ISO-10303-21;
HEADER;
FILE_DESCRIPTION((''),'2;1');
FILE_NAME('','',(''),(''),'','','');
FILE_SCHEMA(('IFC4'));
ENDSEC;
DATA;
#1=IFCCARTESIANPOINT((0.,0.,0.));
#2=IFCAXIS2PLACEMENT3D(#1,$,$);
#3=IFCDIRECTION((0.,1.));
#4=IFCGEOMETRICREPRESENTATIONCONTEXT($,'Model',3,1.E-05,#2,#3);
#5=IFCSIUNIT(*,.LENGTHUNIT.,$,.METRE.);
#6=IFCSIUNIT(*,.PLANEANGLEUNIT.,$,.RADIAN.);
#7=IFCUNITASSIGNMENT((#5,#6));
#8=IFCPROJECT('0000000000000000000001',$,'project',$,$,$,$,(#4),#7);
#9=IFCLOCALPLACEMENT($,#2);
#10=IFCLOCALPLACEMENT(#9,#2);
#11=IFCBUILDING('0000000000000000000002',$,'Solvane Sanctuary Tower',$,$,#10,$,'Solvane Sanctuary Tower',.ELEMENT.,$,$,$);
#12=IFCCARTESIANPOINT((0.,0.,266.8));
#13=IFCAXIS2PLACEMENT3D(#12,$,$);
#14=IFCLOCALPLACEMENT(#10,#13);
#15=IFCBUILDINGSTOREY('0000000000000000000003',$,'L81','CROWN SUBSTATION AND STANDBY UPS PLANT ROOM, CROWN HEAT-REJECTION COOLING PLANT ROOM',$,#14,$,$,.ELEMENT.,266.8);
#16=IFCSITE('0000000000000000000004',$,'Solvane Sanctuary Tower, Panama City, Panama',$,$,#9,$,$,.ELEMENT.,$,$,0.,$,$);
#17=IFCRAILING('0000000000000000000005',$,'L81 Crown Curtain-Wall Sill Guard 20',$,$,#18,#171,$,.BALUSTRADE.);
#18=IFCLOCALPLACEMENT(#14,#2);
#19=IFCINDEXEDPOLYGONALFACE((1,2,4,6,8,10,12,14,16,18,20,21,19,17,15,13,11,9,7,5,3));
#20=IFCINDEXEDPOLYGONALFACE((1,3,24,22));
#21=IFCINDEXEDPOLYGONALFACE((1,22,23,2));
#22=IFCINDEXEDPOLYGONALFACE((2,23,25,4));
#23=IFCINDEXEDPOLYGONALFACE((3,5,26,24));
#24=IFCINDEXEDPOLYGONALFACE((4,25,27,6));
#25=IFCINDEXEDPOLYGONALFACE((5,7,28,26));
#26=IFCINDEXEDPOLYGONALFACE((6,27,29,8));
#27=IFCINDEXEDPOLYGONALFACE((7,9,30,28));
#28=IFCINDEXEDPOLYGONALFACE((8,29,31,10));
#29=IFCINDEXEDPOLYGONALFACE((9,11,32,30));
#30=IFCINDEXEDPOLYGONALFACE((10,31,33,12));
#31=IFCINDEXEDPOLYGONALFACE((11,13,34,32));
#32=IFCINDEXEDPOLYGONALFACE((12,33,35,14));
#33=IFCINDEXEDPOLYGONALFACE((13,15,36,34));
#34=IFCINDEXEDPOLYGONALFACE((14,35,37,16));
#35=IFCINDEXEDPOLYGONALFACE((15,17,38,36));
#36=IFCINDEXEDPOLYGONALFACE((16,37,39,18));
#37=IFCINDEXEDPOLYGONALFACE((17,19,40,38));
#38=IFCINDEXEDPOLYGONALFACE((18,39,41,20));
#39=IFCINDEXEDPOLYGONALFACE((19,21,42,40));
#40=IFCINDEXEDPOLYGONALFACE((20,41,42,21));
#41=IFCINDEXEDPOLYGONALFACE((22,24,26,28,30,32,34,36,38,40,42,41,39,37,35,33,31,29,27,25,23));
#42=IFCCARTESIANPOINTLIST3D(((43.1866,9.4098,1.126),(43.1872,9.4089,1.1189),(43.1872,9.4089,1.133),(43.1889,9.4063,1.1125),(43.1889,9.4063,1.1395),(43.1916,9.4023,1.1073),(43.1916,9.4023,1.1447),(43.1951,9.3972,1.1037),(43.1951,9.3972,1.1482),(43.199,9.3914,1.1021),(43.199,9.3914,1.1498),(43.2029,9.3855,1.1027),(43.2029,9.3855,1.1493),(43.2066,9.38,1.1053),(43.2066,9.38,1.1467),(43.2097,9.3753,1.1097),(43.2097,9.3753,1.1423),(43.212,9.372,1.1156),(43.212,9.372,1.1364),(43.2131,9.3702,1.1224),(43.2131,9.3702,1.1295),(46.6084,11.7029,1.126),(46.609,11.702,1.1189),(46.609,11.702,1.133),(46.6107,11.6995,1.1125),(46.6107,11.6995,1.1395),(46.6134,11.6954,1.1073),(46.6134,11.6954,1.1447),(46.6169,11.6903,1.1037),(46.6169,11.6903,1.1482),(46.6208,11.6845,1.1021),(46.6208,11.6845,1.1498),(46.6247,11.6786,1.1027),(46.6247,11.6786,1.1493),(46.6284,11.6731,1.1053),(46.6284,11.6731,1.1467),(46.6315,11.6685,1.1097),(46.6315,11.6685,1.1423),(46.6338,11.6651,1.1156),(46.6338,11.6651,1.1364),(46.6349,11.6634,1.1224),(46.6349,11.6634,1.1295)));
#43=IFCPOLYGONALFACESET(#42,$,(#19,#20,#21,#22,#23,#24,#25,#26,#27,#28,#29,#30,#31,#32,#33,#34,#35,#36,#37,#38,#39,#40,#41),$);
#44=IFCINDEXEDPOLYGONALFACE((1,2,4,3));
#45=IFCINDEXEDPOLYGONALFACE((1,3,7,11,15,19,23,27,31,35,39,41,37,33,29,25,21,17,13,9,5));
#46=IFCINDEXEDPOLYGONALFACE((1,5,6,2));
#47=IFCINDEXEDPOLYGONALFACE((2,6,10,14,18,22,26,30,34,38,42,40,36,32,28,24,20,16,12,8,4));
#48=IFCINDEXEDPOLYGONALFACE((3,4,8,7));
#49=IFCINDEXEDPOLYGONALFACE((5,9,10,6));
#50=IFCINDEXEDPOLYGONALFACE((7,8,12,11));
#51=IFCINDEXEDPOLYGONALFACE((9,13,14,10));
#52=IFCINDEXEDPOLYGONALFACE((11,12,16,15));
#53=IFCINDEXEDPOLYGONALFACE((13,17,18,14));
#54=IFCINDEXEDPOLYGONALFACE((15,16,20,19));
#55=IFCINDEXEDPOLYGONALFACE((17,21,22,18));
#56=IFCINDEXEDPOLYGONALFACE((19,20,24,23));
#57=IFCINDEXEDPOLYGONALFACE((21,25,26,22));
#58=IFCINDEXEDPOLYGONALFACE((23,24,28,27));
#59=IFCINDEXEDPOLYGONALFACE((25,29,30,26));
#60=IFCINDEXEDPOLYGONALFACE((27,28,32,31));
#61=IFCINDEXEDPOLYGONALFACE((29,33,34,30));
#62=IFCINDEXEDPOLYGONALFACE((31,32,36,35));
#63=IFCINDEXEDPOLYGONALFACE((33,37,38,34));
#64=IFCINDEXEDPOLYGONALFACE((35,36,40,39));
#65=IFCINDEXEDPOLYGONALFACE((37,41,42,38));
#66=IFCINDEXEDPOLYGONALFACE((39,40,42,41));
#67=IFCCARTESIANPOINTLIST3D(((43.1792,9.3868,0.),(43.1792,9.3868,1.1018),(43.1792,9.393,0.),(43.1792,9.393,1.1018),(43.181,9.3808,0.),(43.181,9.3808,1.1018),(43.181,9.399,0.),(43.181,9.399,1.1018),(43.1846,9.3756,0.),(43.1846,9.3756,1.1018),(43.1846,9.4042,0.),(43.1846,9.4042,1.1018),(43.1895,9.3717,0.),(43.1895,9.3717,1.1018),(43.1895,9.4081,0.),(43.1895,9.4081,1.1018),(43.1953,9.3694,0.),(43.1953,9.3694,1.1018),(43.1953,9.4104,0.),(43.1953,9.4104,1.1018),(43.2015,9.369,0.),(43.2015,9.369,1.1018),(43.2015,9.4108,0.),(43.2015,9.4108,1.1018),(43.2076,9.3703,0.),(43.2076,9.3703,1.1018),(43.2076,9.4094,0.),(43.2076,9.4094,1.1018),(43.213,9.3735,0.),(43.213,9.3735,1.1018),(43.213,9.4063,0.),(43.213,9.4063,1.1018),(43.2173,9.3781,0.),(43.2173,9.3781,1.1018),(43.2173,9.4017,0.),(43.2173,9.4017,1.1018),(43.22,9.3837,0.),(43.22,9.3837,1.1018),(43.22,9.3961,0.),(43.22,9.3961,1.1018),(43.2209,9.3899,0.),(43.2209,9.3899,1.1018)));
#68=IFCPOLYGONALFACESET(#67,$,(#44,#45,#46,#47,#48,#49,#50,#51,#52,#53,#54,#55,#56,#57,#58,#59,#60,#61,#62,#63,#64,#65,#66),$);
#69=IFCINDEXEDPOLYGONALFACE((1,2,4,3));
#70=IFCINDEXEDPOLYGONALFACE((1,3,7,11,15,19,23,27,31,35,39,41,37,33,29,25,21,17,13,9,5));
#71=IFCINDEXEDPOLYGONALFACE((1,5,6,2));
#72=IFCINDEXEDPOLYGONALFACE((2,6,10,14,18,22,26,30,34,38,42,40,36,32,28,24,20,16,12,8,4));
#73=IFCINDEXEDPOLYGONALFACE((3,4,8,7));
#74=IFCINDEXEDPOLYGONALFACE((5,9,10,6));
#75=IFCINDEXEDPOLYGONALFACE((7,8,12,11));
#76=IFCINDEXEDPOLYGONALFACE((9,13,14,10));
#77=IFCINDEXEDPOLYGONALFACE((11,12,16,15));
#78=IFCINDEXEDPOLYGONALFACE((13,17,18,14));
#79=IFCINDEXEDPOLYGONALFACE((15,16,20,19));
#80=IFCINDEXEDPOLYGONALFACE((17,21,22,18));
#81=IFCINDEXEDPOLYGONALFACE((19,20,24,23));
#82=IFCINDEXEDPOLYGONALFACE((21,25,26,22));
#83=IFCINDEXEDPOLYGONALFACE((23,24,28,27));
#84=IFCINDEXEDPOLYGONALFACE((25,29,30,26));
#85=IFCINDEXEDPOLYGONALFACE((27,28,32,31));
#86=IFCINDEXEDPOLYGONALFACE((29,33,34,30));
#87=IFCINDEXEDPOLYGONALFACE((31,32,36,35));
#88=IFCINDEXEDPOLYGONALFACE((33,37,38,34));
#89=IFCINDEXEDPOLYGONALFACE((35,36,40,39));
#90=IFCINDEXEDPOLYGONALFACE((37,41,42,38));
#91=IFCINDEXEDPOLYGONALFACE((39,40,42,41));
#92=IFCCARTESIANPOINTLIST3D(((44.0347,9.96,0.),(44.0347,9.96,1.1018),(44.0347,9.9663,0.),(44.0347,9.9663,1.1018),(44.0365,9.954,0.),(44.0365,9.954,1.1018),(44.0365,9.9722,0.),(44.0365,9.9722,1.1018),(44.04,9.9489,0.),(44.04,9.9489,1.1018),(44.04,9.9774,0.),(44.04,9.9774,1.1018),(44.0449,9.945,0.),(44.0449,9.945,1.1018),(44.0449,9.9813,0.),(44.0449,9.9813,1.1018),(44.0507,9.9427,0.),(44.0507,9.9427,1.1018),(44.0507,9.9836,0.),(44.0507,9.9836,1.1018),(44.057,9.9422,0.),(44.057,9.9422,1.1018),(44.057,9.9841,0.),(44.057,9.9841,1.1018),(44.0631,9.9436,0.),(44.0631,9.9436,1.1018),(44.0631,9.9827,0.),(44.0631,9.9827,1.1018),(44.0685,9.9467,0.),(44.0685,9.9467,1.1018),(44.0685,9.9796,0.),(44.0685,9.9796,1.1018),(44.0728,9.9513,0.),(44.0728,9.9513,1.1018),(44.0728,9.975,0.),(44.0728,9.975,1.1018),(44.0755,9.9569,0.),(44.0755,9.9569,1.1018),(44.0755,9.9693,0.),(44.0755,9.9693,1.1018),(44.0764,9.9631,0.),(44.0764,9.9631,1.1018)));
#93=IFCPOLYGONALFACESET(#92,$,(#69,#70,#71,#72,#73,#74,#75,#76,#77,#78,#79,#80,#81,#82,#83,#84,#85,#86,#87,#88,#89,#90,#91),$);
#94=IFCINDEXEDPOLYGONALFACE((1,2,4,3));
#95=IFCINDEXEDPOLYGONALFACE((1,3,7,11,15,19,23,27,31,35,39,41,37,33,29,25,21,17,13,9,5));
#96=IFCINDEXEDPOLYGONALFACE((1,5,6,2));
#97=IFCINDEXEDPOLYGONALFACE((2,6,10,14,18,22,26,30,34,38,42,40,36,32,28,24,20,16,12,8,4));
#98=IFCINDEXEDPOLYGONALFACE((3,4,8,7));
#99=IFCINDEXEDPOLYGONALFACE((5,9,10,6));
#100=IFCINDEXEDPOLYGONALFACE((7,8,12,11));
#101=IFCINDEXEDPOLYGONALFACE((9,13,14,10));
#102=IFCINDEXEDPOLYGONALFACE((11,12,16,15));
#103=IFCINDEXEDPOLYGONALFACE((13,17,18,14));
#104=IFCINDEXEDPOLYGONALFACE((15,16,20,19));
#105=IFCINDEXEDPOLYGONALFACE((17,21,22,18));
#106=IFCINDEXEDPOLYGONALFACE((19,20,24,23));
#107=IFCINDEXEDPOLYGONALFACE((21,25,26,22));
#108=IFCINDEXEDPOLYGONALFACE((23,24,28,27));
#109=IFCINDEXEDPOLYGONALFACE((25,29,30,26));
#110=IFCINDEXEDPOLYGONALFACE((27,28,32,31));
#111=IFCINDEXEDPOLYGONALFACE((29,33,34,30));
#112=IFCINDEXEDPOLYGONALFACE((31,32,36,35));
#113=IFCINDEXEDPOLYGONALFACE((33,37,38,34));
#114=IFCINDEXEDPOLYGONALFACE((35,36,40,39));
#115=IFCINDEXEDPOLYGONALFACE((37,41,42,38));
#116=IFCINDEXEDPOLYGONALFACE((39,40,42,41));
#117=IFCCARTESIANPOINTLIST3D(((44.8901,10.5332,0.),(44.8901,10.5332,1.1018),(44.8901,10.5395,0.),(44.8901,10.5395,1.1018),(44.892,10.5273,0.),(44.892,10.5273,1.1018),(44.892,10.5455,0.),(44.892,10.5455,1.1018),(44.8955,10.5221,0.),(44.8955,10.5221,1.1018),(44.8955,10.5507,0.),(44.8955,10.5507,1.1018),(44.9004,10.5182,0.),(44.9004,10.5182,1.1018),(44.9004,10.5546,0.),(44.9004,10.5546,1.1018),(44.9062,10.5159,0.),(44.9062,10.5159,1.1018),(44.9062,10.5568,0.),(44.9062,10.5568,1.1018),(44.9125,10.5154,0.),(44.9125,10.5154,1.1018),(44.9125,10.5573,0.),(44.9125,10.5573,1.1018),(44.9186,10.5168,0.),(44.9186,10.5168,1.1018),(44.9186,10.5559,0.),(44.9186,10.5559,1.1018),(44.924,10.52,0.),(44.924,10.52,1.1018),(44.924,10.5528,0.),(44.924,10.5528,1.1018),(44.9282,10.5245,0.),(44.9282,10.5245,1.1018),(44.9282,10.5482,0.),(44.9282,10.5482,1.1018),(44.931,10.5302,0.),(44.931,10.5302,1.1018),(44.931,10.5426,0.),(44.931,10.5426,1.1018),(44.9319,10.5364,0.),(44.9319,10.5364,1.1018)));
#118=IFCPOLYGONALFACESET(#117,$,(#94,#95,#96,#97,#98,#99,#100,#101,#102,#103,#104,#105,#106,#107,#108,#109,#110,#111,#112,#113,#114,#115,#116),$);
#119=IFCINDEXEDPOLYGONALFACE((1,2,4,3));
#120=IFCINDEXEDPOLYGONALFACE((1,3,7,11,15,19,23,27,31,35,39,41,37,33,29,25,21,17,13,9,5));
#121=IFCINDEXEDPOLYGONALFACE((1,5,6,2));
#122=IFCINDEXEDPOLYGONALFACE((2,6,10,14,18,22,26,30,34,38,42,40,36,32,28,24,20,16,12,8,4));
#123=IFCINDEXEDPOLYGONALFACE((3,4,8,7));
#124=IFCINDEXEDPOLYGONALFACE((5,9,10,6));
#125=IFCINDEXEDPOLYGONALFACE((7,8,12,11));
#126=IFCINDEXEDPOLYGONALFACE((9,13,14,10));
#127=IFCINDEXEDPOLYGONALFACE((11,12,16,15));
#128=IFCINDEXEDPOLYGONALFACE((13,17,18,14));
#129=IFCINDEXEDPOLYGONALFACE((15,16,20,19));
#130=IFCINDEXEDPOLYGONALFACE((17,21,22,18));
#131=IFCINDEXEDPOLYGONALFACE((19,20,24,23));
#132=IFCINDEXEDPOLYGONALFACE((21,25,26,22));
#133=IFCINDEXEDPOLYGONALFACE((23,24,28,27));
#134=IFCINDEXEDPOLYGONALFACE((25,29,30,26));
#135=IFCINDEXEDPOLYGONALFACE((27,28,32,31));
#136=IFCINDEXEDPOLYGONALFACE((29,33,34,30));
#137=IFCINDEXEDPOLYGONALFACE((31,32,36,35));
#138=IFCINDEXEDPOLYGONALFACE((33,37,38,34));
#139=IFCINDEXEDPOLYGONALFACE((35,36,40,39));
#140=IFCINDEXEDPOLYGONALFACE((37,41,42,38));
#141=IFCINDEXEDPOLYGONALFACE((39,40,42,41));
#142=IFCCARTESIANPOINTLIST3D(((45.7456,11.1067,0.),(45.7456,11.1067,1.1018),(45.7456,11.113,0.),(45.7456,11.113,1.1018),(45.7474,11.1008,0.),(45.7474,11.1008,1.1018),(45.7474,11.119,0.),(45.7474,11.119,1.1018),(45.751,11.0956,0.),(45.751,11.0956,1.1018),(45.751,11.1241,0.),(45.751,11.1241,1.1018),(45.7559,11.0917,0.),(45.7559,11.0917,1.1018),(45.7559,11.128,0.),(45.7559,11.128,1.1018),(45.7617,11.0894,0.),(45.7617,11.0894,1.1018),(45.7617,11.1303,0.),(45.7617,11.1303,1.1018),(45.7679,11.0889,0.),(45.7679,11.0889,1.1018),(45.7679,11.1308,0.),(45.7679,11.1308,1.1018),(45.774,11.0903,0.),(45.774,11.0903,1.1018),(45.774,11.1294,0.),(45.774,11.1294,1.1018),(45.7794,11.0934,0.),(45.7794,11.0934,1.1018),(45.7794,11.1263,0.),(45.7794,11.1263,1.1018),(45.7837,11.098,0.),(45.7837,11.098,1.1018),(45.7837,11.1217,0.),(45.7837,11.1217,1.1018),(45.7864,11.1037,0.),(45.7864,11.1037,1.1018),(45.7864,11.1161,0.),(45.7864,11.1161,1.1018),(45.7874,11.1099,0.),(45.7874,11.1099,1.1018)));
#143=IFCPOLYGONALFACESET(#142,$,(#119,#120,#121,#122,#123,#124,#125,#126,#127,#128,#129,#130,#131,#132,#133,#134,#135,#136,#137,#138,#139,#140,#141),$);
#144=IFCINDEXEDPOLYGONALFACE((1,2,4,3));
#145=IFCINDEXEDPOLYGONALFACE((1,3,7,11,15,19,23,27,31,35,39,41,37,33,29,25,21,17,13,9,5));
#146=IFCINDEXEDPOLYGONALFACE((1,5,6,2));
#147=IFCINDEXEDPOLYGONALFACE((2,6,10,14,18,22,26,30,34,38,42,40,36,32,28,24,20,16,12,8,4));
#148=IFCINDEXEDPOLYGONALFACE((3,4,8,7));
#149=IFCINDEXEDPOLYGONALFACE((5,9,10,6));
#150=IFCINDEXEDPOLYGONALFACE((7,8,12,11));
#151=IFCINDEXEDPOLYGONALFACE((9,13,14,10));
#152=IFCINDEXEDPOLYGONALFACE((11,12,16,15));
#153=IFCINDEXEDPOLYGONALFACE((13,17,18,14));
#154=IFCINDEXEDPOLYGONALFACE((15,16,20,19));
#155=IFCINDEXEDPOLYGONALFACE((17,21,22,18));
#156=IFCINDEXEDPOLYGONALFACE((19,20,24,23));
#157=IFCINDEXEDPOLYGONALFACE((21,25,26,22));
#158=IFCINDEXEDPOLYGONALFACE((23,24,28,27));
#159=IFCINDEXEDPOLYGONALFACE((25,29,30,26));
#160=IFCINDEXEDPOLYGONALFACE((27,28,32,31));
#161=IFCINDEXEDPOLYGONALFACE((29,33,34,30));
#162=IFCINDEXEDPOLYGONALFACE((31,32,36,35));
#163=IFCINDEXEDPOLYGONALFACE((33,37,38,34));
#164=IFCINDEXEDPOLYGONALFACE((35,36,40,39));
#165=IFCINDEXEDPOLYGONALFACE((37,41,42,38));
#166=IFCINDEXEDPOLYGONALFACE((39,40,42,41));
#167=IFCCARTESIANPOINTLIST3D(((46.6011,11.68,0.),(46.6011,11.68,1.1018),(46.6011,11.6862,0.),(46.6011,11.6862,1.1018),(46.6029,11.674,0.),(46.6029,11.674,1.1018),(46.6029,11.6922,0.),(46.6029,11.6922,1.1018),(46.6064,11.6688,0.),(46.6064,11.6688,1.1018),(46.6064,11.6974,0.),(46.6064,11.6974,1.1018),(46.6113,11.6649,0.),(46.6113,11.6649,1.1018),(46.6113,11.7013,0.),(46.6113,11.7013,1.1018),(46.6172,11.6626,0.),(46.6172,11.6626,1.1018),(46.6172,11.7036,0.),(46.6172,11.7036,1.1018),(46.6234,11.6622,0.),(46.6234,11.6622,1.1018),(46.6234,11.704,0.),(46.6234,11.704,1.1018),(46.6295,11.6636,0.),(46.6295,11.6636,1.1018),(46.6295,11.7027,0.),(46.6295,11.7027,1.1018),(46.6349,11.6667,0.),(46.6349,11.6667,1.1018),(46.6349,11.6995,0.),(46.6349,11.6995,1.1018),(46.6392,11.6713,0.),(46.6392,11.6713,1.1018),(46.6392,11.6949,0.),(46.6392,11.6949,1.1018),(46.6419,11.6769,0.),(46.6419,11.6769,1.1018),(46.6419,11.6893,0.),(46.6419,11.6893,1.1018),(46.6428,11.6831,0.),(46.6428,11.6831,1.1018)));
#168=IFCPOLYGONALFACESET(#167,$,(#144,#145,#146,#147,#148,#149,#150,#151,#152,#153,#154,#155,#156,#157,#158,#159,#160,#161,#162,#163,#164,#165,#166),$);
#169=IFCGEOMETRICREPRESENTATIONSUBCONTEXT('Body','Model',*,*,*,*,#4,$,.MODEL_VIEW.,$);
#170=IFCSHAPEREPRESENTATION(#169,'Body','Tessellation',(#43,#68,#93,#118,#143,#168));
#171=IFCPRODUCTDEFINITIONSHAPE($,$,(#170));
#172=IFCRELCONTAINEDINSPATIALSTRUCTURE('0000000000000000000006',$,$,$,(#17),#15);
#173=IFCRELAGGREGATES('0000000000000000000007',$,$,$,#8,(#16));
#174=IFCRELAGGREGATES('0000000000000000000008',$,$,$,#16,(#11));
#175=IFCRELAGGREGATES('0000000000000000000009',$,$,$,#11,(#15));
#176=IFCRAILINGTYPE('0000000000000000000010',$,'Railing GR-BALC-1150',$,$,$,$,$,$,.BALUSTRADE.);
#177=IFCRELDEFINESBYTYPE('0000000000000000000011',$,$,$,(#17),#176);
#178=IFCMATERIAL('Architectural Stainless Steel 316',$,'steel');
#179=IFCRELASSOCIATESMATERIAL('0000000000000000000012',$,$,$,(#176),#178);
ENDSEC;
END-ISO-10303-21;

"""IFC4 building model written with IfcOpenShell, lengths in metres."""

from ifc_helpers import new_model, si_unit, direction, frame, origin, origin_2d, place, context, subcontext, project, spatial, circle, extrude, material, type_object, element, save


model = new_model("IFC4")

# Units and contexts
model_context = context("Model", 3, precision=1e-05, world=origin(), true_north=direction((0.0, 1.0)))
body_context = subcontext(model_context, "Body", "Model", "MODEL_VIEW")
ifc_project = project(units=[si_unit("LENGTHUNIT", "METRE"), si_unit("PLANEANGLEUNIT", "RADIAN")], contexts=[model_context])

# Site, building, storey
site_placement = place(None, origin())
site = spatial("IfcSite", under=ifc_project, at=site_placement, Name="Solvane Sanctuary Tower, Panama City, Panama", CompositionType="ELEMENT", RefElevation=0.0)
building_placement = place(site_placement, origin())
building = spatial("IfcBuilding", under=site, at=building_placement, Name="Solvane Sanctuary Tower", LongName="Solvane Sanctuary Tower", CompositionType="ELEMENT")
storey_placement = place(building_placement, frame((0.0, 0.0, 266.8)))
storey = spatial("IfcBuildingStorey", under=building, at=storey_placement, Name="L81", Description="CROWN SUBSTATION AND STANDBY UPS PLANT ROOM, CROWN HEAT-REJECTION COOLING PLANT ROOM", CompositionType="ELEMENT", Elevation=266.8)

# Railing
ifc_material_1 = material(Name="Architectural Stainless Steel 316", Category="steel")
railing_type = type_object("IfcRailingType", Name="Railing GR-BALC-1150", PredefinedType="BALUSTRADE", material=ifc_material_1)
railing_1_placement = place(storey_placement, frame((43.2, 9.3899, 0.0)))
element("IfcRailing", 1, at=railing_1_placement, inside=storey, type_object=railing_type, Name="L81 Crown Curtain-Wall Sill Guard 20", PredefinedType="BALUSTRADE", context=body_context, shape_type="SweptSolid", body=[
    extrude(circle(Radius=0.0239, at=origin_2d()), frame((0.0, 0.0, 1.126), z_axis=(0.830707, 0.556709, 0.0), x_axis=(-0.556709, 0.830707, 0.0)), (0.0, 0.0, 1.0), 4.1191),
    extrude(circle(Radius=0.021, at=origin_2d()), origin(), (0.0, 0.0, 1.0), 1.1018),
    extrude(circle(Radius=0.021, at=origin_2d()), frame((0.8555, 0.5732, 0.0)), (0.0, 0.0, 1.0), 1.1018),
    extrude(circle(Radius=0.021, at=origin_2d()), frame((1.7109, 1.1465, 0.0)), (0.0, 0.0, 1.0), 1.1018),
    extrude(circle(Radius=0.021, at=origin_2d()), frame((2.5664, 1.72, 0.0)), (0.0, 0.0, 1.0), 1.1018),
    extrude(circle(Radius=0.021, at=origin_2d()), frame((3.4219, 2.2932, 0.0)), (0.0, 0.0, 1.0), 1.1018),
])

save(model, "model.ifc")
